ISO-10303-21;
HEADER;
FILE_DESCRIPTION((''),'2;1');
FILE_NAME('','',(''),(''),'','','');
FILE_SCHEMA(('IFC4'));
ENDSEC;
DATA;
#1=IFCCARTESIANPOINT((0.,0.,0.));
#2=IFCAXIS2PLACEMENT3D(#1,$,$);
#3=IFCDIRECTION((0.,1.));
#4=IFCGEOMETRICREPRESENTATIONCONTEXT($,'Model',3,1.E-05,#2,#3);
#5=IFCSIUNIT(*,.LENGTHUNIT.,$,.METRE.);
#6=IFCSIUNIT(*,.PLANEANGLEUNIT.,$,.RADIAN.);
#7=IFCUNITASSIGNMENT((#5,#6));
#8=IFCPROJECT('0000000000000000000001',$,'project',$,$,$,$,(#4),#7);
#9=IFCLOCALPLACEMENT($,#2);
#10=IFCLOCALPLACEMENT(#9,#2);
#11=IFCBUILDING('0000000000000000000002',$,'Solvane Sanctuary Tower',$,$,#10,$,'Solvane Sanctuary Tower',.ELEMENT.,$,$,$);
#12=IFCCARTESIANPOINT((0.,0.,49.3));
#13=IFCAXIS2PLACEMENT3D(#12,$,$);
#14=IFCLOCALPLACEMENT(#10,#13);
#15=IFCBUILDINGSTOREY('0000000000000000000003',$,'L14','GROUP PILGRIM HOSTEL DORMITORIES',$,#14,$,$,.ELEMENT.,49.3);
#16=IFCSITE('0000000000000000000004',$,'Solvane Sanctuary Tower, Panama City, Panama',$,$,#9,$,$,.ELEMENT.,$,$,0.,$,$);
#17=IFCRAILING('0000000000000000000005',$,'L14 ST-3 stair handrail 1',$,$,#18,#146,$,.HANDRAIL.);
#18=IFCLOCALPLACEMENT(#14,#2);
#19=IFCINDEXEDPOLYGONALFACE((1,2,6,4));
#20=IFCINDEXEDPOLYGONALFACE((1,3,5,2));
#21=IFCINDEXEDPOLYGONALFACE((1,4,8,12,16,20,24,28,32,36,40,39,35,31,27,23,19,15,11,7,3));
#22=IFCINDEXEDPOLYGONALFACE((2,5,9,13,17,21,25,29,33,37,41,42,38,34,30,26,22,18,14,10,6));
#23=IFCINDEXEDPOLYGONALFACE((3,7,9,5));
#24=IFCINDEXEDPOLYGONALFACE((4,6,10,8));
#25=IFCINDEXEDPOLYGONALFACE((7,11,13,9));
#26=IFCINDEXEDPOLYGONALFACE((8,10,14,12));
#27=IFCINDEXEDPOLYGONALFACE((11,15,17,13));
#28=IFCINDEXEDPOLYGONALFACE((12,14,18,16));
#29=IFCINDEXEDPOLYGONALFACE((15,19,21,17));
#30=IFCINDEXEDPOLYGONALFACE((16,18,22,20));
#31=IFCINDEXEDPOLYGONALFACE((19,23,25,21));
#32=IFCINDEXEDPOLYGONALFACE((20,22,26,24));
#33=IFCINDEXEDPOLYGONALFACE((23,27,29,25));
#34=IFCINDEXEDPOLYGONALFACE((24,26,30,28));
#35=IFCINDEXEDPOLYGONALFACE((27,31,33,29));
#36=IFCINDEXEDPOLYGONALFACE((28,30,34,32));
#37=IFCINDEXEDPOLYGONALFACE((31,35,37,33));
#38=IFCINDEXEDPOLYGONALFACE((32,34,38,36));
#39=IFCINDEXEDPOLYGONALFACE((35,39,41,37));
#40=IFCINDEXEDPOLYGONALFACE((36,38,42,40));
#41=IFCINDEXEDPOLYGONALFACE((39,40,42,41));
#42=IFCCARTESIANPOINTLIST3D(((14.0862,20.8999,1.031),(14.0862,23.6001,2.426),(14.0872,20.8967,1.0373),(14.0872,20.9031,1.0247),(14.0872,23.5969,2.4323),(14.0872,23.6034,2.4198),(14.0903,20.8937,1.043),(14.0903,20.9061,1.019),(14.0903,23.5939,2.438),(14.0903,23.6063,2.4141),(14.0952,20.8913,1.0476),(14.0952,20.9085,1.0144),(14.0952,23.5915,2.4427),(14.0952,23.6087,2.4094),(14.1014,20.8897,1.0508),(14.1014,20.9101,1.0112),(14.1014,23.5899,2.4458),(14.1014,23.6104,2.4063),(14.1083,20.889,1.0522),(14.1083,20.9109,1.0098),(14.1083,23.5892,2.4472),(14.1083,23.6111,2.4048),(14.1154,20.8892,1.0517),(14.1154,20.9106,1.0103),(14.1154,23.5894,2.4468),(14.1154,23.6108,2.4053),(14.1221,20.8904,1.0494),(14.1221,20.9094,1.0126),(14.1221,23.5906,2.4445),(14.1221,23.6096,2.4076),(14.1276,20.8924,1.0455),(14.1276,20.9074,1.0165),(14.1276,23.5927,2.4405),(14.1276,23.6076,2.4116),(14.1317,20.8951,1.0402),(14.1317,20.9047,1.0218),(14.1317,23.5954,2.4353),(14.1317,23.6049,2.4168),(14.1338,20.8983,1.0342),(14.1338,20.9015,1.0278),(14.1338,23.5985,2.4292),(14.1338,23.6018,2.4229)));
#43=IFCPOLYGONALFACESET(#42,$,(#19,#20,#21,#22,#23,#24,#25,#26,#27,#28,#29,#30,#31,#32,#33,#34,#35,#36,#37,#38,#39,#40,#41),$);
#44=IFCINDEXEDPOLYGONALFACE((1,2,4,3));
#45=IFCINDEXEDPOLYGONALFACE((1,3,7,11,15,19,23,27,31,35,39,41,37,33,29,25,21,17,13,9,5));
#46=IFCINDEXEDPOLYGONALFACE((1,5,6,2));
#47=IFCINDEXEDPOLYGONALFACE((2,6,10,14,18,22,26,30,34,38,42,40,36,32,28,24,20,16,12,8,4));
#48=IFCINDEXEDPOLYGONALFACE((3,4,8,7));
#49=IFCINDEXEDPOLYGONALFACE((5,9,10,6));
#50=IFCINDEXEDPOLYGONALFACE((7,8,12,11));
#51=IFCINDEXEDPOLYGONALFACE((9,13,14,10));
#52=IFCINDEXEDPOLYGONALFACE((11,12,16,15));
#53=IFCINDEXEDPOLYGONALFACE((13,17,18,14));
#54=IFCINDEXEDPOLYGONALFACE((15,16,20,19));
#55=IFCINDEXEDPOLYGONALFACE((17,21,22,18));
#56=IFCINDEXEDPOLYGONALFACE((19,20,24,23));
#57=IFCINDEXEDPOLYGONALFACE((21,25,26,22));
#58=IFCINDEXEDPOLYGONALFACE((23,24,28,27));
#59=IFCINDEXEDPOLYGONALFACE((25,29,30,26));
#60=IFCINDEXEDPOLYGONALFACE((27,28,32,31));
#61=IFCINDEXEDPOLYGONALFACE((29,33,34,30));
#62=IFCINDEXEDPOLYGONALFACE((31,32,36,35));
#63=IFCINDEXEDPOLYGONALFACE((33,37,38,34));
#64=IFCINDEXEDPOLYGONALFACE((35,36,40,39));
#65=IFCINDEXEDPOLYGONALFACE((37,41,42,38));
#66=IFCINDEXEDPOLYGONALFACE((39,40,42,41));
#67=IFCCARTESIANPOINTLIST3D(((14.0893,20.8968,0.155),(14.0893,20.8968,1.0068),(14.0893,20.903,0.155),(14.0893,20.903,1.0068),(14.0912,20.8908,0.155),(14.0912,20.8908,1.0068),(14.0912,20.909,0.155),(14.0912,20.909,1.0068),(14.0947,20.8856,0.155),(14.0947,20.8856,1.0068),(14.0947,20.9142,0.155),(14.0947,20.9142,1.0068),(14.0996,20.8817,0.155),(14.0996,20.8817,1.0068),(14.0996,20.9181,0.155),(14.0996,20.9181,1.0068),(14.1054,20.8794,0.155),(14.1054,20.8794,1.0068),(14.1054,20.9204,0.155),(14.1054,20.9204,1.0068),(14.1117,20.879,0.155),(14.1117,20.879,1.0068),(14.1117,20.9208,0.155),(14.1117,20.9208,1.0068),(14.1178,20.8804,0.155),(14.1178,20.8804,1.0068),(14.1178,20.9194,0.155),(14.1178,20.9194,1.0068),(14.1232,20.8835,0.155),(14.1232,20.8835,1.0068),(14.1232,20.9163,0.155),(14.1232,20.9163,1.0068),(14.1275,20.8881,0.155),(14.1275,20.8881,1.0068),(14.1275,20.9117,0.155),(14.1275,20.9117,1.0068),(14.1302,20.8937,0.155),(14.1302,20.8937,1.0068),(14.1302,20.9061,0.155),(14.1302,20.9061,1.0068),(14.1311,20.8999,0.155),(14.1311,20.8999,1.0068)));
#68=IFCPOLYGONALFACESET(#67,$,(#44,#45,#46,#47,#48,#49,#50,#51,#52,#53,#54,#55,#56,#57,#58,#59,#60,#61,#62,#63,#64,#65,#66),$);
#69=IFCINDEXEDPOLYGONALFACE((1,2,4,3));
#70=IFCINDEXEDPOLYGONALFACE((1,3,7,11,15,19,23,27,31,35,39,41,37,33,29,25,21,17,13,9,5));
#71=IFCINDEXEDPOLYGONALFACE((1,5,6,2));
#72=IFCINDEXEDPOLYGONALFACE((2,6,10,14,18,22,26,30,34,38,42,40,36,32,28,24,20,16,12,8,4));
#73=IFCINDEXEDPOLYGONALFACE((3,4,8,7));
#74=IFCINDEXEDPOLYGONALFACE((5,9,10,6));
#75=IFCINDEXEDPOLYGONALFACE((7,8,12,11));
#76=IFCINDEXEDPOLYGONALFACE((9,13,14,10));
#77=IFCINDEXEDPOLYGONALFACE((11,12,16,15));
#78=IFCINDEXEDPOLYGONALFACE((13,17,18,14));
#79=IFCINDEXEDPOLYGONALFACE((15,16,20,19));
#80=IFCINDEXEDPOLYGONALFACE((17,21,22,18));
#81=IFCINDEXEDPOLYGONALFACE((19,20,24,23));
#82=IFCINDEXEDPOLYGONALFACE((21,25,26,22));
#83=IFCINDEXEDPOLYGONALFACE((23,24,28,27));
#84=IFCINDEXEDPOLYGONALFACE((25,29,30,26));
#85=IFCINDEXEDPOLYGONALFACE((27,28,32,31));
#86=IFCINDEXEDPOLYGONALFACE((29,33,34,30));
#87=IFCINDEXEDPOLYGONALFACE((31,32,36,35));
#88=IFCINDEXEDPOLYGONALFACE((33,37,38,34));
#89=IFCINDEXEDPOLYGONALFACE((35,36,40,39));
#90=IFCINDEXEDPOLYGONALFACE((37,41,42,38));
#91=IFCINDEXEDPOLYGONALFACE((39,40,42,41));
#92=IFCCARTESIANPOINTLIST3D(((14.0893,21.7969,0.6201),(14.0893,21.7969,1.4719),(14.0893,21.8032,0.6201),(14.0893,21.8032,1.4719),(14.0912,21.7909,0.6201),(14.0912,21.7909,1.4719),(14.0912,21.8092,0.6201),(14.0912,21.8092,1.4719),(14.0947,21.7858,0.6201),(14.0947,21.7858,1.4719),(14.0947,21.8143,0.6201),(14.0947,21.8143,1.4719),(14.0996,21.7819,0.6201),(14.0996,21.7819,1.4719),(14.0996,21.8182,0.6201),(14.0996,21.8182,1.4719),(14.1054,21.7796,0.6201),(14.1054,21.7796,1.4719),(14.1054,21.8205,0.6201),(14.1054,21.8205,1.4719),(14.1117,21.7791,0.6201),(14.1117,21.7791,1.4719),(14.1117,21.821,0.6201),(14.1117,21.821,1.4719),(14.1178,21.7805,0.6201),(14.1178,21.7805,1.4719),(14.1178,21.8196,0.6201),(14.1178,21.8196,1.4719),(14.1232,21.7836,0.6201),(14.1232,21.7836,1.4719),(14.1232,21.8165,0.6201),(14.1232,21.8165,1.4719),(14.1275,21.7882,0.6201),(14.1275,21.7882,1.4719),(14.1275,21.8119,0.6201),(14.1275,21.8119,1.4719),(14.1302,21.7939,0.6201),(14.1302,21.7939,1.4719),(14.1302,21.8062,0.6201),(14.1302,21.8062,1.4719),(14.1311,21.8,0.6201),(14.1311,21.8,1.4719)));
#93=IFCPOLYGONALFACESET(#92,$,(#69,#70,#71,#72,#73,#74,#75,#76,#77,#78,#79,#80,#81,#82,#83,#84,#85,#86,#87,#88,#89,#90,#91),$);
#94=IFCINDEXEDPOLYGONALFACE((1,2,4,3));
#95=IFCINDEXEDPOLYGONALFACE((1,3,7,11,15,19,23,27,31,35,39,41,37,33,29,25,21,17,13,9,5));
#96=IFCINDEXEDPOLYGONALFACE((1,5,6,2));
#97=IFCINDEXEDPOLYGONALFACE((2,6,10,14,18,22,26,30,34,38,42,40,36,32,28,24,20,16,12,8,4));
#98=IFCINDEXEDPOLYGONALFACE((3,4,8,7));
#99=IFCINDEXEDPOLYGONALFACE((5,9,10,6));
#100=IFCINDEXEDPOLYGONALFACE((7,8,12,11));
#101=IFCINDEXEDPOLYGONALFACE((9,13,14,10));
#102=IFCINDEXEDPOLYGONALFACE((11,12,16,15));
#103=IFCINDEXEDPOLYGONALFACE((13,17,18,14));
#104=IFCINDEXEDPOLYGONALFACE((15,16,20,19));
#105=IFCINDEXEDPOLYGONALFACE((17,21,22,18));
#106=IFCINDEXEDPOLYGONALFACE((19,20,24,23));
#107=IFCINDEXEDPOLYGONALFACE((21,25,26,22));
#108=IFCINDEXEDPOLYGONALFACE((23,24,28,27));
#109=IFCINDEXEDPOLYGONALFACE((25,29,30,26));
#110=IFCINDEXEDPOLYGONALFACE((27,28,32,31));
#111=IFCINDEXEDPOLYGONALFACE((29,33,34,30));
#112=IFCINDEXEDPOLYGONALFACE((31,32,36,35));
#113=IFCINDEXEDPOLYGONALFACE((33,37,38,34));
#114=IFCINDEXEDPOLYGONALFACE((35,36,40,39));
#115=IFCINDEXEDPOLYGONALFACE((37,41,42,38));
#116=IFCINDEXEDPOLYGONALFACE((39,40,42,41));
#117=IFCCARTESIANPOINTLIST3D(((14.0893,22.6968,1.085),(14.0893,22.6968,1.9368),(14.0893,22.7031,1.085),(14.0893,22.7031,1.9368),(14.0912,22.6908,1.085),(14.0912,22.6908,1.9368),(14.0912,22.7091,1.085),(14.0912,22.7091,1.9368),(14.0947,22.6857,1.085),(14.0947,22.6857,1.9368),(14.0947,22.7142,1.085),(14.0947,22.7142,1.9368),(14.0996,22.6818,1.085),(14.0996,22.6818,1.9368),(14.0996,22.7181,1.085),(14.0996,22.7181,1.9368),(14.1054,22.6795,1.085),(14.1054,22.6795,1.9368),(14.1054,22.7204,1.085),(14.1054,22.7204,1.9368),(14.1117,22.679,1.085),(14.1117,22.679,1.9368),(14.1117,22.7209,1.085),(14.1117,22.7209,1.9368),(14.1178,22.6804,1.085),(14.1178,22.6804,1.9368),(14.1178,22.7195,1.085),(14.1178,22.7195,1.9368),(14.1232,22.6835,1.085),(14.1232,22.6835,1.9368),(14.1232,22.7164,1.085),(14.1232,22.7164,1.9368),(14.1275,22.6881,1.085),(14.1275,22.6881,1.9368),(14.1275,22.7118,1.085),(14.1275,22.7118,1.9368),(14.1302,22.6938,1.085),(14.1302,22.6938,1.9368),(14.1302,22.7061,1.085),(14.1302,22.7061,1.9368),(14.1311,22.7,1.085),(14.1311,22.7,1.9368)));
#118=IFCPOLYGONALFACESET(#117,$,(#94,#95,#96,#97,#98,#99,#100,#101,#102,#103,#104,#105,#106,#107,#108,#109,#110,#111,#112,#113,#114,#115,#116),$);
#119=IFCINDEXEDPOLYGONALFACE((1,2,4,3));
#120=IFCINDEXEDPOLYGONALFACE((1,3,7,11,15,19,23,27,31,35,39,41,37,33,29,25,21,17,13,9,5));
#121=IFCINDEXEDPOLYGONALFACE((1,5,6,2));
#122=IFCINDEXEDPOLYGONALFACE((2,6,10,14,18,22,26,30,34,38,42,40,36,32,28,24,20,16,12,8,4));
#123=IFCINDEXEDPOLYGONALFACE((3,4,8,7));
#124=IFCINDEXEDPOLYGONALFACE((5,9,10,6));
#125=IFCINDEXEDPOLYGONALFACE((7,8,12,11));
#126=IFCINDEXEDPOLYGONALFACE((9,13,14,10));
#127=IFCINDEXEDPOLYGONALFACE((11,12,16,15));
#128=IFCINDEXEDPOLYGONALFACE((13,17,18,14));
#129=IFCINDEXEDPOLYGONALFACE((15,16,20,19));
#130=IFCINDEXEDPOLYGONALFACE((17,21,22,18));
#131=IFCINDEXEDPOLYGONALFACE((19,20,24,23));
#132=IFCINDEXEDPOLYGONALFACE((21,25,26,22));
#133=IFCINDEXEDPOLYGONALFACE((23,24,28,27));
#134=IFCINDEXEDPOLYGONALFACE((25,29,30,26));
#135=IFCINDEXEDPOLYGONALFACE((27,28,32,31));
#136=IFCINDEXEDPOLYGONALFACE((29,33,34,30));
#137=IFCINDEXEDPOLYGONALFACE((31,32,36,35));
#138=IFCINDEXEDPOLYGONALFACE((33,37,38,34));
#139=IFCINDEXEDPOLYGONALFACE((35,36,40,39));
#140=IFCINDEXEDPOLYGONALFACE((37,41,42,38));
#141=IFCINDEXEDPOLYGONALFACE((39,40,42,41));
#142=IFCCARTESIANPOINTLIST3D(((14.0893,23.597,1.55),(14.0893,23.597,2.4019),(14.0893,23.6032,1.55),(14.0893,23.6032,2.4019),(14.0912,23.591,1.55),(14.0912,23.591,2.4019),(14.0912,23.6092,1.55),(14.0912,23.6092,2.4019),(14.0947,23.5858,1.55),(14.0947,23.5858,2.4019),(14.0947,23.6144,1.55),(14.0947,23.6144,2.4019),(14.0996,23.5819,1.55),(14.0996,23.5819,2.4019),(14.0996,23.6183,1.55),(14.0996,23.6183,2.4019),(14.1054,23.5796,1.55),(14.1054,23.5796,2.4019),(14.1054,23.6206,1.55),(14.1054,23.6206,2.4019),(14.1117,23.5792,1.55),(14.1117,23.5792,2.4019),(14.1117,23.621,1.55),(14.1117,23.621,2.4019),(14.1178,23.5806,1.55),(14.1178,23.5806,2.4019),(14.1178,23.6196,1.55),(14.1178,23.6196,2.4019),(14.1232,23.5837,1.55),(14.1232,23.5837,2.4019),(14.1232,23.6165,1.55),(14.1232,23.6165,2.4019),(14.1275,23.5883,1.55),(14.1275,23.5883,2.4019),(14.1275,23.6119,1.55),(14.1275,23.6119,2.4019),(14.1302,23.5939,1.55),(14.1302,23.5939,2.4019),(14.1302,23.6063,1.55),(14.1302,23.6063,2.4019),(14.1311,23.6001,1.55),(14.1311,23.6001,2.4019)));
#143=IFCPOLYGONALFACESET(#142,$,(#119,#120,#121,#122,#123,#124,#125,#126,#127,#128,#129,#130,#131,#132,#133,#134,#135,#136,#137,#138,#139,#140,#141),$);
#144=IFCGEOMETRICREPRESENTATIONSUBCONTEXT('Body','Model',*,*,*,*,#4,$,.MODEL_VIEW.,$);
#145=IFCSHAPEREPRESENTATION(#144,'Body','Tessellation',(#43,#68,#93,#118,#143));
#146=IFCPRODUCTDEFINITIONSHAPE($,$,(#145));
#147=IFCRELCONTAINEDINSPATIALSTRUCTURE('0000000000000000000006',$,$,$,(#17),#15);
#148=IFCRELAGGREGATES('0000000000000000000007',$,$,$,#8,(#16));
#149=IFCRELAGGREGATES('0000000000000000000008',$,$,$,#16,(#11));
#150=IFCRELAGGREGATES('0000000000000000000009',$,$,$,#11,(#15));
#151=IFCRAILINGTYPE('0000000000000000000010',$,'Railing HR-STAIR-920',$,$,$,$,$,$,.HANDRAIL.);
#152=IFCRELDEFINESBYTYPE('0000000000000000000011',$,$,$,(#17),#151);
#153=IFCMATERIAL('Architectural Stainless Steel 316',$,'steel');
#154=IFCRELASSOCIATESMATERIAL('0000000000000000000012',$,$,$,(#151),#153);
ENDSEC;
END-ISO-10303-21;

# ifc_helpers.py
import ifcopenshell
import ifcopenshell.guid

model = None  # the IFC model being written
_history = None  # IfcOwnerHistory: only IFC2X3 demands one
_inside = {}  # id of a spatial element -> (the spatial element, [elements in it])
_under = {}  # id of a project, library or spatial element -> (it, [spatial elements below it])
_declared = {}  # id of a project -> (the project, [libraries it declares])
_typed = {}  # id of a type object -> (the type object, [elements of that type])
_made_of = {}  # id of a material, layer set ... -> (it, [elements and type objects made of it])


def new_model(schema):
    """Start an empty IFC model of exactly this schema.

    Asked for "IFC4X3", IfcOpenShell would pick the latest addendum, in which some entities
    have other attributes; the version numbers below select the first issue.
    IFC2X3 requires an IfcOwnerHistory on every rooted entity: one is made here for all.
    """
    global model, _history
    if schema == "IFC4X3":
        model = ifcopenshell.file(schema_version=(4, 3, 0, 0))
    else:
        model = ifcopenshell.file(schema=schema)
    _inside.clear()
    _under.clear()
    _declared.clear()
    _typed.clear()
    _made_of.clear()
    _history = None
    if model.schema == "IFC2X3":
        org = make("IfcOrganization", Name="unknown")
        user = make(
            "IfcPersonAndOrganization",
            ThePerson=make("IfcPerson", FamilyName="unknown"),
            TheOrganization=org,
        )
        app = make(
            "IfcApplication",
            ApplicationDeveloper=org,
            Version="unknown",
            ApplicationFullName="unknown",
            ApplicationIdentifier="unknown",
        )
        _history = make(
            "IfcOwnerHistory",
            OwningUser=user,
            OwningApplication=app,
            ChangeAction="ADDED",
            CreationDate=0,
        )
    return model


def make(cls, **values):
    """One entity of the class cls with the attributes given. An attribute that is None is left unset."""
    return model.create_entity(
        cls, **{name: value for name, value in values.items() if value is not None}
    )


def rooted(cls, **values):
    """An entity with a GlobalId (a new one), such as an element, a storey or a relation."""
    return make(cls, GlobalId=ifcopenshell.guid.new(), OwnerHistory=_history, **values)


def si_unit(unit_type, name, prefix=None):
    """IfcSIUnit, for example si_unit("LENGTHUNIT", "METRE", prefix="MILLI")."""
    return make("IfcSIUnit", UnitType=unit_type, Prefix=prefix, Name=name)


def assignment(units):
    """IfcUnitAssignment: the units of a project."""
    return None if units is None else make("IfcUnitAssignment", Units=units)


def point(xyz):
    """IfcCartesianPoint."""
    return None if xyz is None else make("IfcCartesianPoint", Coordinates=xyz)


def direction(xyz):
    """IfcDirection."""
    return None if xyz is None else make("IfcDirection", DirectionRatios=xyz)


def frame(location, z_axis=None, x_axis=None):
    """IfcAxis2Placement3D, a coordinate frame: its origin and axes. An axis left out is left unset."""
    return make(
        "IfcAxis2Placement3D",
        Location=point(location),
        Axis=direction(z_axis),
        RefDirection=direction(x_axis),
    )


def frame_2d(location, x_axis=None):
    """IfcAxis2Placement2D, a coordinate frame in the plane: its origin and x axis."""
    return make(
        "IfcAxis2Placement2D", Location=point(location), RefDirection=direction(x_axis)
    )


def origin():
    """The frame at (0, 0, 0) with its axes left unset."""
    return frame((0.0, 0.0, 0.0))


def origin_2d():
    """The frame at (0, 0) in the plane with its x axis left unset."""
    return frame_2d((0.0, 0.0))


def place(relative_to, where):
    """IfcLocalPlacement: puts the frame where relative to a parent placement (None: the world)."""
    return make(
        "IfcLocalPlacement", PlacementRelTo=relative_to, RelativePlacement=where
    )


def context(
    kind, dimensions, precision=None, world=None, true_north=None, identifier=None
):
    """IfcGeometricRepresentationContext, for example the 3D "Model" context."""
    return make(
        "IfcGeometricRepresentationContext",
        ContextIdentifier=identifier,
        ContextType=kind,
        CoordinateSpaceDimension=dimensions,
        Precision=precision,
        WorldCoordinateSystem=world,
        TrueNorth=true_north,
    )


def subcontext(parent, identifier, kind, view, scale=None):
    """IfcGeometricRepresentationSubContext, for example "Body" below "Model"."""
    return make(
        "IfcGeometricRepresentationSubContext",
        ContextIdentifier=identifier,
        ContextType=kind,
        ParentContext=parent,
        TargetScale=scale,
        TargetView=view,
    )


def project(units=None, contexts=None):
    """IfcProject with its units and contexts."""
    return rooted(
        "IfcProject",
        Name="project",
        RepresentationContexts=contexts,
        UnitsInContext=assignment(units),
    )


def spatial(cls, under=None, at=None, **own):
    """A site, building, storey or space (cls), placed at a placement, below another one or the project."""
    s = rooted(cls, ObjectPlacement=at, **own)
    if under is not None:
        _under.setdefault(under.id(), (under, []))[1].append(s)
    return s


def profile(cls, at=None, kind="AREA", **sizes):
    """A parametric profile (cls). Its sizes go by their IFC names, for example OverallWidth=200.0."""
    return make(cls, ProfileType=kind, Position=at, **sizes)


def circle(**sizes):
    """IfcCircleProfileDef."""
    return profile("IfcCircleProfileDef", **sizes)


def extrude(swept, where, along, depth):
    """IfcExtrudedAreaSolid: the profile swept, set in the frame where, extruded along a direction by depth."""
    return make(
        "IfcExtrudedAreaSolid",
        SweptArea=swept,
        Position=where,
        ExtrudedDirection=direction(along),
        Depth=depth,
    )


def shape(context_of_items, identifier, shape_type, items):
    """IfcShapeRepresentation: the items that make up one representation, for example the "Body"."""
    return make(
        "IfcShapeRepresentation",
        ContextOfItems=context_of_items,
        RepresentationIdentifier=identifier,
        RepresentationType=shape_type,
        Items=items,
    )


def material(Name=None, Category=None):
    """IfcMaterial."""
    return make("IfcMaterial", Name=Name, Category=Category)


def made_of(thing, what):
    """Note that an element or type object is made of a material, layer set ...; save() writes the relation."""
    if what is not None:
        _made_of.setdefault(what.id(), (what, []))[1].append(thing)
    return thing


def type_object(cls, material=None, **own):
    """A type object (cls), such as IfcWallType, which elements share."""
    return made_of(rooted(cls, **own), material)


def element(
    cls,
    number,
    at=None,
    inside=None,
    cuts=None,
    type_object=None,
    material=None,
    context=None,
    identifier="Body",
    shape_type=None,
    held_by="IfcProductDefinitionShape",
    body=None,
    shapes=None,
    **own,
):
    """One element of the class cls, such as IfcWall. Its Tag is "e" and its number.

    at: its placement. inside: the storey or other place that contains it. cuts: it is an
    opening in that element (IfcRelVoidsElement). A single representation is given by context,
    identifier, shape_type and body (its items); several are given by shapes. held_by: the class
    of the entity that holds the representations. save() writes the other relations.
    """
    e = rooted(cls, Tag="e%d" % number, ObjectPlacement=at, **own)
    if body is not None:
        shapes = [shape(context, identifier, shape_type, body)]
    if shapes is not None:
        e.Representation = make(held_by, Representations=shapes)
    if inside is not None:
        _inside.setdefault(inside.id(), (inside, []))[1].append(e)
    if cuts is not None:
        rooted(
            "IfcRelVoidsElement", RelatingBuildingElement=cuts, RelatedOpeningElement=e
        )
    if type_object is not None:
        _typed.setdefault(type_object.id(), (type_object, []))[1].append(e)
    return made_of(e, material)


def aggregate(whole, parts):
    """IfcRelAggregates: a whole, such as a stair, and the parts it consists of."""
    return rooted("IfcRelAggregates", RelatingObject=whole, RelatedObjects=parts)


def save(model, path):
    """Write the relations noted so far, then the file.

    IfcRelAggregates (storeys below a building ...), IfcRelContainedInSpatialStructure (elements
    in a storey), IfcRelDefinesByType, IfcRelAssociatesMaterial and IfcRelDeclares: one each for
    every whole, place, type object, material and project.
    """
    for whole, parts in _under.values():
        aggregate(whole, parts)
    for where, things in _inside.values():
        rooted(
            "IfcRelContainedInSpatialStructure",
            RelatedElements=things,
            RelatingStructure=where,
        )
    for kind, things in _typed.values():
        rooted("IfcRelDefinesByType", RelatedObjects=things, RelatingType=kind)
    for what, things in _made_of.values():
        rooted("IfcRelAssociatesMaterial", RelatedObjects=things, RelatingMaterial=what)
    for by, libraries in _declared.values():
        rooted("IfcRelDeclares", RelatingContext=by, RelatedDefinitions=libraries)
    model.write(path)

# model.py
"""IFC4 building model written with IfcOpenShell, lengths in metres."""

from ifc_helpers import new_model, si_unit, direction, frame, origin, origin_2d, place, context, subcontext, project, spatial, circle, extrude, material, type_object, element, save


model = new_model("IFC4")

# Units and contexts
model_context = context("Model", 3, precision=1e-05, world=origin(), true_north=direction((0.0, 1.0)))
body_context = subcontext(model_context, "Body", "Model", "MODEL_VIEW")
ifc_project = project(units=[si_unit("LENGTHUNIT", "METRE"), si_unit("PLANEANGLEUNIT", "RADIAN")], contexts=[model_context])

# Site, building, storey
site_placement = place(None, origin())
site = spatial("IfcSite", under=ifc_project, at=site_placement, Name="Solvane Sanctuary Tower, Panama City, Panama", CompositionType="ELEMENT", RefElevation=0.0)
building_placement = place(site_placement, origin())
building = spatial("IfcBuilding", under=site, at=building_placement, Name="Solvane Sanctuary Tower", LongName="Solvane Sanctuary Tower", CompositionType="ELEMENT")
storey_placement = place(building_placement, frame((0.0, 0.0, 49.3)))
storey = spatial("IfcBuildingStorey", under=building, at=storey_placement, Name="L14", Description="GROUP PILGRIM HOSTEL DORMITORIES", CompositionType="ELEMENT", Elevation=49.3)

# Railing
ifc_material_1 = material(Name="Architectural Stainless Steel 316", Category="steel")
railing_type_1 = type_object("IfcRailingType", Name="Railing HR-STAIR-920", PredefinedType="HANDRAIL", material=ifc_material_1)
railing_1_placement = place(storey_placement, frame((14.1101, 20.8999, 0.155)))
element("IfcRailing", 1, at=railing_1_placement, inside=storey, type_object=railing_type_1, Name="L14 ST-3 stair handrail 1", PredefinedType="HANDRAIL", context=body_context, shape_type="SweptSolid", body=[
    extrude(circle(Radius=0.0239, at=origin_2d()), frame((0.0, 0.0, 0.876), z_axis=(0.0, 0.888437, 0.458999), x_axis=(-1.0, 0.0, 0.0)), (0.0, 0.0, 1.0), 3.0393),
    extrude(circle(Radius=0.021, at=origin_2d()), origin(), (0.0, 0.0, 1.0), 0.8518),
    extrude(circle(Radius=0.021, at=origin_2d()), frame((0.0, 0.9001, 0.4651)), (0.0, 0.0, 1.0), 0.8518),
    extrude(circle(Radius=0.021, at=origin_2d()), frame((0.0, 1.8, 0.9299)), (0.0, 0.0, 1.0), 0.8518),
    extrude(circle(Radius=0.021, at=origin_2d()), frame((0.0, 2.7002, 1.395)), (0.0, 0.0, 1.0), 0.8518),
])

save(model, "model.ifc")
